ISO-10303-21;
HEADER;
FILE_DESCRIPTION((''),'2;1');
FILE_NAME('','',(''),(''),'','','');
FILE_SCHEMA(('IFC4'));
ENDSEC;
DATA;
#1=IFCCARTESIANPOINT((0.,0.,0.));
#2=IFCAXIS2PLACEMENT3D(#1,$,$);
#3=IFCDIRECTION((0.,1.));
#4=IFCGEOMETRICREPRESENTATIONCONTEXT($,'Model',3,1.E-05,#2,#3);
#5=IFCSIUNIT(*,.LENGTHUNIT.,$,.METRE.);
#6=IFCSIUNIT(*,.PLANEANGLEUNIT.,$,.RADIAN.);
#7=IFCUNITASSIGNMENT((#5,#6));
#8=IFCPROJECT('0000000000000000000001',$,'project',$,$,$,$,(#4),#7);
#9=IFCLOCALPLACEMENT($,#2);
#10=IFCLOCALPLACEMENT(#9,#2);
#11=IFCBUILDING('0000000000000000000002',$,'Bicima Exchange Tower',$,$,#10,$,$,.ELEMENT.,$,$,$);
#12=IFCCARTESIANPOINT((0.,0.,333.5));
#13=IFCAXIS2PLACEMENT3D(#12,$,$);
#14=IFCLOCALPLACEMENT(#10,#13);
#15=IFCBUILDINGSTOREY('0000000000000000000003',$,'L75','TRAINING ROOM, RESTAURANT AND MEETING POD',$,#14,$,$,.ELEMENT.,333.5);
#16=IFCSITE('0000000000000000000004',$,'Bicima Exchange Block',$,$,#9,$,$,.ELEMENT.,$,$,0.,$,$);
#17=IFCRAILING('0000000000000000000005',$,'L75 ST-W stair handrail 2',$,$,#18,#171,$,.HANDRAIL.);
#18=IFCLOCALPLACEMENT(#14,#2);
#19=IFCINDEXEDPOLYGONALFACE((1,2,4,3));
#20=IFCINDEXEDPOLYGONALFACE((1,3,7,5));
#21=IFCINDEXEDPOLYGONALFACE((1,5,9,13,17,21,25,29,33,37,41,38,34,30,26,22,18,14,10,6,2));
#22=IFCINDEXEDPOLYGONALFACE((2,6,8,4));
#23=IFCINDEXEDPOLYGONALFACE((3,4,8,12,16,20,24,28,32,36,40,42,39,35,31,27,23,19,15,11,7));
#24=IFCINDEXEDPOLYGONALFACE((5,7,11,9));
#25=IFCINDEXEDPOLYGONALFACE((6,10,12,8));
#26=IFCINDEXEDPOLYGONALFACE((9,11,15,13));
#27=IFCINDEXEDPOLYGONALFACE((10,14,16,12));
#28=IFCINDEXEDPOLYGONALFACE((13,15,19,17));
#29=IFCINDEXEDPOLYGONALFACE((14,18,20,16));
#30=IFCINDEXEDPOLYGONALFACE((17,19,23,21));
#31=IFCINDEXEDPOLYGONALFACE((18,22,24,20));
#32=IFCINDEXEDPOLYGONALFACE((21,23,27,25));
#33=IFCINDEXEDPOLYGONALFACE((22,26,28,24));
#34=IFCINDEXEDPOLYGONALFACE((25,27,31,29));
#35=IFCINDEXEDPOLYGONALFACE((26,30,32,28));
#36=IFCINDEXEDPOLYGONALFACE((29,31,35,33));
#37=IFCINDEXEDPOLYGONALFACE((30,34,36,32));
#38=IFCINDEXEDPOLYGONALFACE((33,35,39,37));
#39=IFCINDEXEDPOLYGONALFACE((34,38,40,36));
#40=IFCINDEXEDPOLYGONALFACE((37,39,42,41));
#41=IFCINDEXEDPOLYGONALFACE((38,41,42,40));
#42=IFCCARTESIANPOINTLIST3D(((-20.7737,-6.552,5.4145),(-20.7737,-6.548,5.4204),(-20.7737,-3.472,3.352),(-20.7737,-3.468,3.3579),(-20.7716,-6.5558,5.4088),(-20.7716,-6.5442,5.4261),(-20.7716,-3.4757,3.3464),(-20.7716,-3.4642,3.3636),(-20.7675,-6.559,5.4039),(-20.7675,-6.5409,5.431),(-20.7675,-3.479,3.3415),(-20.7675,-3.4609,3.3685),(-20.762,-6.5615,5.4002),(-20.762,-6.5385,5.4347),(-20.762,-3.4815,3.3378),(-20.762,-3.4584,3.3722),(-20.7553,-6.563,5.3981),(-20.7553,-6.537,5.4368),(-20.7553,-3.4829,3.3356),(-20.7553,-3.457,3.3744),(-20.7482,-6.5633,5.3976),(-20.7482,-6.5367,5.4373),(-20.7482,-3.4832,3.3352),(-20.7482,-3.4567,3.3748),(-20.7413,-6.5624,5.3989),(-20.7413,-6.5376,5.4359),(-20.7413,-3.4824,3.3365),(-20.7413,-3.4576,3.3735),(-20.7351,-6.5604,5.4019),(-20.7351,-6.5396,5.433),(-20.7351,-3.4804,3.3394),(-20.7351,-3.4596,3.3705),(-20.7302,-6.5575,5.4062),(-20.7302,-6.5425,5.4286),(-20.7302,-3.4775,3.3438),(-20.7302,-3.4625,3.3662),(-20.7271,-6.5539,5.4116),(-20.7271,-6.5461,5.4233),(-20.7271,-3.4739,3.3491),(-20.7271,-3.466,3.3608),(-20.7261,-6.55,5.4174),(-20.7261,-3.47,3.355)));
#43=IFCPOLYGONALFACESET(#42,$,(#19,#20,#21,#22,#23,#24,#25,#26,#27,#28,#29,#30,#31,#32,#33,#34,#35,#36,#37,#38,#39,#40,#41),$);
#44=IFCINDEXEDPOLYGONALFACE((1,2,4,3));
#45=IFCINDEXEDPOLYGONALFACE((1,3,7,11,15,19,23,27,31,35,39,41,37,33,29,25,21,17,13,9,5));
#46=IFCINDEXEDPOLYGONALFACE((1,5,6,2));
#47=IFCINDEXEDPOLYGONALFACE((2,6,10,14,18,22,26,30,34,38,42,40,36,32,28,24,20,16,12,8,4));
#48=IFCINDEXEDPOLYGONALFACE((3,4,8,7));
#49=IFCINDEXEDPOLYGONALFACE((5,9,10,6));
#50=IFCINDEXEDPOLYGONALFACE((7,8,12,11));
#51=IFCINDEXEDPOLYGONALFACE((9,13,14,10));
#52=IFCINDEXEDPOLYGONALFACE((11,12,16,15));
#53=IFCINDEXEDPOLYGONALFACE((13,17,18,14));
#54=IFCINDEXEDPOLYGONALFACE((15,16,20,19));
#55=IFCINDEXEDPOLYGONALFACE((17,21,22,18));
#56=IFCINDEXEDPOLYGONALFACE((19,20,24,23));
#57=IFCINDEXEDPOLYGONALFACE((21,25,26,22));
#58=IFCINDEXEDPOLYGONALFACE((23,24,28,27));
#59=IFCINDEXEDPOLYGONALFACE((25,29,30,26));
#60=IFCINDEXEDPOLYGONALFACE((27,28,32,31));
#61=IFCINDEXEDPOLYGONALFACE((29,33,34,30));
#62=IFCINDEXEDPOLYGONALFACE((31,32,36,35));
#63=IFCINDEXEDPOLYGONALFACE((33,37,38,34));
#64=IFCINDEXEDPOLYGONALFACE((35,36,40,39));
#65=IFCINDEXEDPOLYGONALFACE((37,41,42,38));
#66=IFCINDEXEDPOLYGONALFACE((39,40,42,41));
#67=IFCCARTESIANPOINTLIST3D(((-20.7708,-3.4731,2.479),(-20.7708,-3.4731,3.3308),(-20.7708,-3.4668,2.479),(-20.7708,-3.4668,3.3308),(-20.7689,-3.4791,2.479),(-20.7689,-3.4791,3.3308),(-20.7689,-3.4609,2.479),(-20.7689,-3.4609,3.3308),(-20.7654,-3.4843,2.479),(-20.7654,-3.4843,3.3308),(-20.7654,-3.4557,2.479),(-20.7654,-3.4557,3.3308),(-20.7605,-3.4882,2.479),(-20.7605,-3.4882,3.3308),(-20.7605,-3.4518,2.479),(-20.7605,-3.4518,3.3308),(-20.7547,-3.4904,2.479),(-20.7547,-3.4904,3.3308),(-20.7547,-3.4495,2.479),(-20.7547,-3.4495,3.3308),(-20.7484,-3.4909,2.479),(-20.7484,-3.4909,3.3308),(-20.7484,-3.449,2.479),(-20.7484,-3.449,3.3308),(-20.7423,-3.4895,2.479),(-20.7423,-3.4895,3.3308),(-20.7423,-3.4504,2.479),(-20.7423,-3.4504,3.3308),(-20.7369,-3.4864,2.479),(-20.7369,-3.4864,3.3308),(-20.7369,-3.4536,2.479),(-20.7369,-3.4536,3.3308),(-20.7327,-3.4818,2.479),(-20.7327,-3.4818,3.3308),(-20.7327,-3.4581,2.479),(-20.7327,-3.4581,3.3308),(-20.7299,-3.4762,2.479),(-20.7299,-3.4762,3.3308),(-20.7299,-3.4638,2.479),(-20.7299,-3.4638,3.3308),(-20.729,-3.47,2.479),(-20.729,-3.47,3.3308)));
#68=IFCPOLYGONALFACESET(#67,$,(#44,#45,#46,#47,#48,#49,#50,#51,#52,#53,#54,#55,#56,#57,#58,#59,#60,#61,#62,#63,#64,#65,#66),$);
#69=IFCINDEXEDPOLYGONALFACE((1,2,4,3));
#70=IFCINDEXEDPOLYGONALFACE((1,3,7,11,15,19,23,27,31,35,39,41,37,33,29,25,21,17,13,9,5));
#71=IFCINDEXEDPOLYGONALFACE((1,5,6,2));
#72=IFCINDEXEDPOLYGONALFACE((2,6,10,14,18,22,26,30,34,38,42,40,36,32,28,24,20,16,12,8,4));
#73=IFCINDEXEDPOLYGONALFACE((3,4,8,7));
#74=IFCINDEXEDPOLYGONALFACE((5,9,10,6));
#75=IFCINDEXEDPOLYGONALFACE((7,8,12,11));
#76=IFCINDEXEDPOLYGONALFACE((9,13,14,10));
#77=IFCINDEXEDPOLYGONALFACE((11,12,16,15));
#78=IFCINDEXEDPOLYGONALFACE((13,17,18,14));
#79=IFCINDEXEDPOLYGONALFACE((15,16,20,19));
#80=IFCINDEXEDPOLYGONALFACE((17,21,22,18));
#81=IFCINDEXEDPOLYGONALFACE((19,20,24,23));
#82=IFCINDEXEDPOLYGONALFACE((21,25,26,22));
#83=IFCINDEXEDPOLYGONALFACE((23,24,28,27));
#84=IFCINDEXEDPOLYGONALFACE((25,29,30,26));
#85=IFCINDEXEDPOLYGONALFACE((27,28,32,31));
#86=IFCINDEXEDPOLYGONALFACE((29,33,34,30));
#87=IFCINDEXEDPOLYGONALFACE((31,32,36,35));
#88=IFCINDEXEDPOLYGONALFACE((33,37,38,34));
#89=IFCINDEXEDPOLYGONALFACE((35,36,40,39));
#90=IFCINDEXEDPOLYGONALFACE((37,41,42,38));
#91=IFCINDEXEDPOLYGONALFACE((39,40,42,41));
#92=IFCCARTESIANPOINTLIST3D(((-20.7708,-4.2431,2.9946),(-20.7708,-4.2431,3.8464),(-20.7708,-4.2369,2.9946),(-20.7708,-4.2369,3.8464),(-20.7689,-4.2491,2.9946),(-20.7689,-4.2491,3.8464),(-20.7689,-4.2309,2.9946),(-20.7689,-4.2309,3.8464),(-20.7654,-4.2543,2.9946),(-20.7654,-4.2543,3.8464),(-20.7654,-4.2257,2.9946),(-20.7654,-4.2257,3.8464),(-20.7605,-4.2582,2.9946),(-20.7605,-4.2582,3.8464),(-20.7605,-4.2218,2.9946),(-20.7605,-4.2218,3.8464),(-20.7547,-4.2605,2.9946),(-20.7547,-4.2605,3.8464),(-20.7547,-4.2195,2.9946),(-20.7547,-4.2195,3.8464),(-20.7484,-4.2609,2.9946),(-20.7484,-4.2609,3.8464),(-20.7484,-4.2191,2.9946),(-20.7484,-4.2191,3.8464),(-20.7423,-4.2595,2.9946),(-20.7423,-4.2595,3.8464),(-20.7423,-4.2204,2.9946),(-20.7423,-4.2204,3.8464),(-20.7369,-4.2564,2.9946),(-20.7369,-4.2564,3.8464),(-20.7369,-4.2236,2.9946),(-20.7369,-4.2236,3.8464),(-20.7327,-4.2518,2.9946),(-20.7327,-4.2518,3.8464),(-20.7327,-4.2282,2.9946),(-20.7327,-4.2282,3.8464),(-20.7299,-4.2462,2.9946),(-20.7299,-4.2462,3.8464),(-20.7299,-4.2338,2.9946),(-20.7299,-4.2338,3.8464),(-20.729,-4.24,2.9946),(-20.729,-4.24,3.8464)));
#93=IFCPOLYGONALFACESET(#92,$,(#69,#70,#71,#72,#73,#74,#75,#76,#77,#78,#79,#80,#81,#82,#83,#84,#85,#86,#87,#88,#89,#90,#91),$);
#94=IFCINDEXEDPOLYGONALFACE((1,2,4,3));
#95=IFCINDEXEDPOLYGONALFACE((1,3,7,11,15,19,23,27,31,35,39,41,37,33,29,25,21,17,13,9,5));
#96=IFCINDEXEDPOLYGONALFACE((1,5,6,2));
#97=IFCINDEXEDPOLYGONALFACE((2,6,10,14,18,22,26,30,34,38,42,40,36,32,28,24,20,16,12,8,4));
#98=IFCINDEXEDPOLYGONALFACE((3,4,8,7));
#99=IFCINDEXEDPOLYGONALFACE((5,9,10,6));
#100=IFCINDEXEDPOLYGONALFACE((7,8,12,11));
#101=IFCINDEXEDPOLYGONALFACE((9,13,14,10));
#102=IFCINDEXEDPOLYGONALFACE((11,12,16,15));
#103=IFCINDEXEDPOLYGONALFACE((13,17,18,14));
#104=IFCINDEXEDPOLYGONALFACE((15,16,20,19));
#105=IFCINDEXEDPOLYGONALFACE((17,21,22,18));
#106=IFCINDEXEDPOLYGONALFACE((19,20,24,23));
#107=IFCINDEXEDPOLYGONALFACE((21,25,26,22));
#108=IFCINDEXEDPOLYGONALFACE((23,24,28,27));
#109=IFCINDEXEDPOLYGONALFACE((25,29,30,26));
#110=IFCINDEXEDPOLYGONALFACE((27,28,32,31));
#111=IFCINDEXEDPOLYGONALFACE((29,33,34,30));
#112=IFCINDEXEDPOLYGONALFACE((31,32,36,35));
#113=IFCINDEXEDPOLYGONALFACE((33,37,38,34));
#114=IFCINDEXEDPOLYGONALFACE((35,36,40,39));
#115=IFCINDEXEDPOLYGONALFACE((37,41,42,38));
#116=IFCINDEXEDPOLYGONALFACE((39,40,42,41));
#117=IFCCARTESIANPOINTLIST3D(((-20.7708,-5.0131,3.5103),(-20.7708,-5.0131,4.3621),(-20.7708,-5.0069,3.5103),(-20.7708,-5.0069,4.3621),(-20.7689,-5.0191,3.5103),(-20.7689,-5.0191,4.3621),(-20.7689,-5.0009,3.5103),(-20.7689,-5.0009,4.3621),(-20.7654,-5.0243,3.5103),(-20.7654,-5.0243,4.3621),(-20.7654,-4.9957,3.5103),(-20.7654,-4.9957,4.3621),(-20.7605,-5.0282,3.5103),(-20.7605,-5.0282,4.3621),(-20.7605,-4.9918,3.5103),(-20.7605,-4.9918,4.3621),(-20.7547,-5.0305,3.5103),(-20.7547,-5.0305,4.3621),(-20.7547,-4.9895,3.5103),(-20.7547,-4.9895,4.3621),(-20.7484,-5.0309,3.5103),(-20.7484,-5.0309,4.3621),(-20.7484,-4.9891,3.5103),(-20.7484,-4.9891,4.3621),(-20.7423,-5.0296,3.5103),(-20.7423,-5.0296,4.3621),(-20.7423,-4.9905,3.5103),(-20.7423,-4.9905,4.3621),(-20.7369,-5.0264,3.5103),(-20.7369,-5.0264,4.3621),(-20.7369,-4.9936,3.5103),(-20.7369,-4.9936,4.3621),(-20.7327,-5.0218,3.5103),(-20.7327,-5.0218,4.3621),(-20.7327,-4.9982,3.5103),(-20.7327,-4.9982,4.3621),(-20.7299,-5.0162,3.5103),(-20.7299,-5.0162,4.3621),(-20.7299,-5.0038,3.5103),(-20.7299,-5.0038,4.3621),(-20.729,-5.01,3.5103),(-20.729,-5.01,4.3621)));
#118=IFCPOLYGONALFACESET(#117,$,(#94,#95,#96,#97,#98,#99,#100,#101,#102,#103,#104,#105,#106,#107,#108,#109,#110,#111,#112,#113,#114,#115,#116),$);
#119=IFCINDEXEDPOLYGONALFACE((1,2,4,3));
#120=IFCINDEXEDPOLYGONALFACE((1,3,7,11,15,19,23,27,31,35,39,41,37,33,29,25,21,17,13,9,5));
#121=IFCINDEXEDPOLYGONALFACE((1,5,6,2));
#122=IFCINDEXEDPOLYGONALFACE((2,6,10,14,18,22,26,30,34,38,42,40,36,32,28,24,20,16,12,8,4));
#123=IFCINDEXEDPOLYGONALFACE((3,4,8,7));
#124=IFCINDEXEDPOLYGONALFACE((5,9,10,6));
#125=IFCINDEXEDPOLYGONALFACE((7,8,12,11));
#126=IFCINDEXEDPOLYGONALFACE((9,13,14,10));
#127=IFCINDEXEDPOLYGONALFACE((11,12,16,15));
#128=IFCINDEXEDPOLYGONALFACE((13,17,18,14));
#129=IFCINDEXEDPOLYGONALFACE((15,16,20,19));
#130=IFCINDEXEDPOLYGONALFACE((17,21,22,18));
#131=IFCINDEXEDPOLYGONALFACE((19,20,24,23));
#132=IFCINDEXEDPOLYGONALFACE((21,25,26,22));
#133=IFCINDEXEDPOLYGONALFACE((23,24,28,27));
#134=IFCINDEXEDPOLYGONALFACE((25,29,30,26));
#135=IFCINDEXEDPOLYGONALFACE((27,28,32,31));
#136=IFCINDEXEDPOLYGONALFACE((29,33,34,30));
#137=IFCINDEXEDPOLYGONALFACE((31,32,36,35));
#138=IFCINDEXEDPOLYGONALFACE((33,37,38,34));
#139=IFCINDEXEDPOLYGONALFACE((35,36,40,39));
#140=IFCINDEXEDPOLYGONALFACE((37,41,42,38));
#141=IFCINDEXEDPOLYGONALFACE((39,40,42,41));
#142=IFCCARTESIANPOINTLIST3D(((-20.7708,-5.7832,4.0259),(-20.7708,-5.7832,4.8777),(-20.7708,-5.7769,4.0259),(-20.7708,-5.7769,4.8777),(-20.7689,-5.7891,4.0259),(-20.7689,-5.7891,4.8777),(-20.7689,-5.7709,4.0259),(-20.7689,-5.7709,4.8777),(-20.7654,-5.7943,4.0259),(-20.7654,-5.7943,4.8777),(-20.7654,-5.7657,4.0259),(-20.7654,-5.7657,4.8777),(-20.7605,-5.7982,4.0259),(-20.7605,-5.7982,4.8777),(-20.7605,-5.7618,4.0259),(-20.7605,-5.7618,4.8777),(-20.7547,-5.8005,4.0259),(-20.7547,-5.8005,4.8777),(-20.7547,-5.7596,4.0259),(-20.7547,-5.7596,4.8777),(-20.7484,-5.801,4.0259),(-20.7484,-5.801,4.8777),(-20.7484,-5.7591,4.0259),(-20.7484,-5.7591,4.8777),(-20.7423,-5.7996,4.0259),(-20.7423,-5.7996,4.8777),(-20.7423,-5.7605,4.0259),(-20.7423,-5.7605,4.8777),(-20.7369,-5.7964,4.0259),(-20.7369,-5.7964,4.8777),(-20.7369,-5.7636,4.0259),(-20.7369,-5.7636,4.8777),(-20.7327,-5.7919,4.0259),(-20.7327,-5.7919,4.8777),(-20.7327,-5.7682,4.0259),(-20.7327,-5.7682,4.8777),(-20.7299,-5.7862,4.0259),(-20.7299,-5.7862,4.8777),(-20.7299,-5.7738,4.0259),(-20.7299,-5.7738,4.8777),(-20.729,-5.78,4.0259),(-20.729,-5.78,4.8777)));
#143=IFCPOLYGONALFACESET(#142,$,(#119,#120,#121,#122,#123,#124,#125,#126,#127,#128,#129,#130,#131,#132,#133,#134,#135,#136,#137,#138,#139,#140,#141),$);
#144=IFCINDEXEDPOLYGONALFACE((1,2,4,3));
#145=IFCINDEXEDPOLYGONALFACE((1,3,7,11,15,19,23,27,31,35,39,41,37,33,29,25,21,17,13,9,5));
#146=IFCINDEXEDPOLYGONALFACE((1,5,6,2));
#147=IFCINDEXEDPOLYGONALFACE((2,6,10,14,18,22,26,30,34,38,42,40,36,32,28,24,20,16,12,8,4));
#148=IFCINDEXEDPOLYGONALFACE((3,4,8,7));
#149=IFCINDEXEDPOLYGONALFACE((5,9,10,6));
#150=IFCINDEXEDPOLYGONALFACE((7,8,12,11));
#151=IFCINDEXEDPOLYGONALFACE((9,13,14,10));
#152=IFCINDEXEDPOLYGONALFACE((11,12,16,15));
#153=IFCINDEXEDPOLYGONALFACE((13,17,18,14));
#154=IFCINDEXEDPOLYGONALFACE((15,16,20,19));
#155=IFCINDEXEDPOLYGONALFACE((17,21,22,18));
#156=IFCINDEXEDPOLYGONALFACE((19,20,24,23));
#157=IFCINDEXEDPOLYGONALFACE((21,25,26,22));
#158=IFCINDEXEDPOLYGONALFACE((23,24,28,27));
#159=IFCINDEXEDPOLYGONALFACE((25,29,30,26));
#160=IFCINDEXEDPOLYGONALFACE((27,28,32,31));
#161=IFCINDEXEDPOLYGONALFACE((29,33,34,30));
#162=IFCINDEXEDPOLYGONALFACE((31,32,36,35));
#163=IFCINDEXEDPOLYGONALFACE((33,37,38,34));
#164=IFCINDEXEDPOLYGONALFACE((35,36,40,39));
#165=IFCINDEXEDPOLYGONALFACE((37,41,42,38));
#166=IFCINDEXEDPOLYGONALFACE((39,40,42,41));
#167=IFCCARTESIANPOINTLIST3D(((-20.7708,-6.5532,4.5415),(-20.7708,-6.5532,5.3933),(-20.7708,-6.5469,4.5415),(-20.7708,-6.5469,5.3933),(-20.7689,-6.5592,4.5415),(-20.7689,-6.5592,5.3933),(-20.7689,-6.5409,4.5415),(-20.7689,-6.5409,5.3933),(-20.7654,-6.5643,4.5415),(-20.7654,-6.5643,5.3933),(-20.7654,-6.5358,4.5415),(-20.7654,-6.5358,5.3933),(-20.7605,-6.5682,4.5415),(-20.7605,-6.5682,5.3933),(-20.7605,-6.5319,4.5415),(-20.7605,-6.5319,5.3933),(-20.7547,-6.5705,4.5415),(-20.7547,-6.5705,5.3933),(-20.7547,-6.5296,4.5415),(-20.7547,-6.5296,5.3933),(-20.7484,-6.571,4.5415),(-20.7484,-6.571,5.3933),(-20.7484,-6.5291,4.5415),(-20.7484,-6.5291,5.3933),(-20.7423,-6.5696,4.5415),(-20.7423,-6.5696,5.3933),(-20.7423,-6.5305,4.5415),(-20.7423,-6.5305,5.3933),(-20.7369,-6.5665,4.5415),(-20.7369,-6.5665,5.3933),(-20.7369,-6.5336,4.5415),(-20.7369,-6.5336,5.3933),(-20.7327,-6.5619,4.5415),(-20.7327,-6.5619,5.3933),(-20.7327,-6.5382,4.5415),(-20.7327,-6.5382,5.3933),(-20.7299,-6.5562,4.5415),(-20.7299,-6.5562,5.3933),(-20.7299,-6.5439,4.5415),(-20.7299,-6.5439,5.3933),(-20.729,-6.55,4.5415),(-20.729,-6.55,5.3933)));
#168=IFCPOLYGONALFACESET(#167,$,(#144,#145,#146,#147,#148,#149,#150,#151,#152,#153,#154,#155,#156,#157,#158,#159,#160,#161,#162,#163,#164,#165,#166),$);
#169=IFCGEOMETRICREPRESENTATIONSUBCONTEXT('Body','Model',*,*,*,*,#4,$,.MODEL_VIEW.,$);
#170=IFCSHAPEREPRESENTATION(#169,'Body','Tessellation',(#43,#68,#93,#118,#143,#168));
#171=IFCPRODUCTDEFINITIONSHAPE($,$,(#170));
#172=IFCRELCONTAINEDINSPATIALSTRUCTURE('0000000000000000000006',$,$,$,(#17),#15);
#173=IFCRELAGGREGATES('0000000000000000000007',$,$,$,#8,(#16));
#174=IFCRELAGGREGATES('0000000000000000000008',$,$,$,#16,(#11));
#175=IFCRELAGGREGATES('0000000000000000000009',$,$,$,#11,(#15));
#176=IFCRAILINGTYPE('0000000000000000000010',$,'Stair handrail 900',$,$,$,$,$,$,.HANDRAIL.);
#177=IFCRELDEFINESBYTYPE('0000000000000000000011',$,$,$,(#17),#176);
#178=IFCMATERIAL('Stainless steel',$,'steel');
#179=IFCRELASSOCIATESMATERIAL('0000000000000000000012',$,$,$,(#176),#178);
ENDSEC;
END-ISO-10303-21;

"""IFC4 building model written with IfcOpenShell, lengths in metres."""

from ifc_helpers import new_model, si_unit, direction, frame, origin, origin_2d, place, context, subcontext, project, spatial, circle, extrude, material, type_object, element, save


model = new_model("IFC4")

# Units and contexts
model_context = context("Model", 3, precision=1e-05, world=origin(), true_north=direction((0.0, 1.0)))
body_context = subcontext(model_context, "Body", "Model", "MODEL_VIEW")
ifc_project = project(units=[si_unit("LENGTHUNIT", "METRE"), si_unit("PLANEANGLEUNIT", "RADIAN")], contexts=[model_context])

# Site, building, storey
site_placement = place(None, origin())
site = spatial("IfcSite", under=ifc_project, at=site_placement, Name="Bicima Exchange Block", CompositionType="ELEMENT", RefElevation=0.0)
building_placement = place(site_placement, origin())
building = spatial("IfcBuilding", under=site, at=building_placement, Name="Bicima Exchange Tower", CompositionType="ELEMENT")
storey_placement = place(building_placement, frame((0.0, 0.0, 333.5)))
storey = spatial("IfcBuildingStorey", under=building, at=storey_placement, Name="L75", Description="TRAINING ROOM, RESTAURANT AND MEETING POD", CompositionType="ELEMENT", Elevation=333.5)

# Shared definitions
ifc_material_1 = material(Name="Stainless steel", Category="steel")

# Railing
railing_type_1 = type_object("IfcRailingType", Name="Stair handrail 900", PredefinedType="HANDRAIL", material=ifc_material_1)
railing_1_placement = place(storey_placement, frame((-20.75, -3.47, 2.479)))
element("IfcRailing", 1, at=railing_1_placement, inside=storey, type_object=railing_type_1, Name="L75 ST-W stair handrail 2", PredefinedType="HANDRAIL", context=body_context, shape_type="SweptSolid", body=[
    extrude(circle(Radius=0.0239, at=origin_2d()), frame((0.0, 0.0, 0.876), z_axis=(0.0, -0.830914, 0.556401), x_axis=(1.0, 0.0, 0.0)), (0.0, 0.0, 1.0), 3.7068),
    extrude(circle(Radius=0.021, at=origin_2d()), origin(), (0.0, 0.0, 1.0), 0.8518),
    extrude(circle(Radius=0.021, at=origin_2d()), frame((0.0, -0.77, 0.5156)), (0.0, 0.0, 1.0), 0.8518),
    extrude(circle(Radius=0.021, at=origin_2d()), frame((0.0, -1.54, 1.0312)), (0.0, 0.0, 1.0), 0.8518),
    extrude(circle(Radius=0.021, at=origin_2d()), frame((0.0, -2.3101, 1.5469)), (0.0, 0.0, 1.0), 0.8518),
    extrude(circle(Radius=0.021, at=origin_2d()), frame((0.0, -3.0801, 2.0625)), (0.0, 0.0, 1.0), 0.8518),
])

save(model, "model.ifc")
